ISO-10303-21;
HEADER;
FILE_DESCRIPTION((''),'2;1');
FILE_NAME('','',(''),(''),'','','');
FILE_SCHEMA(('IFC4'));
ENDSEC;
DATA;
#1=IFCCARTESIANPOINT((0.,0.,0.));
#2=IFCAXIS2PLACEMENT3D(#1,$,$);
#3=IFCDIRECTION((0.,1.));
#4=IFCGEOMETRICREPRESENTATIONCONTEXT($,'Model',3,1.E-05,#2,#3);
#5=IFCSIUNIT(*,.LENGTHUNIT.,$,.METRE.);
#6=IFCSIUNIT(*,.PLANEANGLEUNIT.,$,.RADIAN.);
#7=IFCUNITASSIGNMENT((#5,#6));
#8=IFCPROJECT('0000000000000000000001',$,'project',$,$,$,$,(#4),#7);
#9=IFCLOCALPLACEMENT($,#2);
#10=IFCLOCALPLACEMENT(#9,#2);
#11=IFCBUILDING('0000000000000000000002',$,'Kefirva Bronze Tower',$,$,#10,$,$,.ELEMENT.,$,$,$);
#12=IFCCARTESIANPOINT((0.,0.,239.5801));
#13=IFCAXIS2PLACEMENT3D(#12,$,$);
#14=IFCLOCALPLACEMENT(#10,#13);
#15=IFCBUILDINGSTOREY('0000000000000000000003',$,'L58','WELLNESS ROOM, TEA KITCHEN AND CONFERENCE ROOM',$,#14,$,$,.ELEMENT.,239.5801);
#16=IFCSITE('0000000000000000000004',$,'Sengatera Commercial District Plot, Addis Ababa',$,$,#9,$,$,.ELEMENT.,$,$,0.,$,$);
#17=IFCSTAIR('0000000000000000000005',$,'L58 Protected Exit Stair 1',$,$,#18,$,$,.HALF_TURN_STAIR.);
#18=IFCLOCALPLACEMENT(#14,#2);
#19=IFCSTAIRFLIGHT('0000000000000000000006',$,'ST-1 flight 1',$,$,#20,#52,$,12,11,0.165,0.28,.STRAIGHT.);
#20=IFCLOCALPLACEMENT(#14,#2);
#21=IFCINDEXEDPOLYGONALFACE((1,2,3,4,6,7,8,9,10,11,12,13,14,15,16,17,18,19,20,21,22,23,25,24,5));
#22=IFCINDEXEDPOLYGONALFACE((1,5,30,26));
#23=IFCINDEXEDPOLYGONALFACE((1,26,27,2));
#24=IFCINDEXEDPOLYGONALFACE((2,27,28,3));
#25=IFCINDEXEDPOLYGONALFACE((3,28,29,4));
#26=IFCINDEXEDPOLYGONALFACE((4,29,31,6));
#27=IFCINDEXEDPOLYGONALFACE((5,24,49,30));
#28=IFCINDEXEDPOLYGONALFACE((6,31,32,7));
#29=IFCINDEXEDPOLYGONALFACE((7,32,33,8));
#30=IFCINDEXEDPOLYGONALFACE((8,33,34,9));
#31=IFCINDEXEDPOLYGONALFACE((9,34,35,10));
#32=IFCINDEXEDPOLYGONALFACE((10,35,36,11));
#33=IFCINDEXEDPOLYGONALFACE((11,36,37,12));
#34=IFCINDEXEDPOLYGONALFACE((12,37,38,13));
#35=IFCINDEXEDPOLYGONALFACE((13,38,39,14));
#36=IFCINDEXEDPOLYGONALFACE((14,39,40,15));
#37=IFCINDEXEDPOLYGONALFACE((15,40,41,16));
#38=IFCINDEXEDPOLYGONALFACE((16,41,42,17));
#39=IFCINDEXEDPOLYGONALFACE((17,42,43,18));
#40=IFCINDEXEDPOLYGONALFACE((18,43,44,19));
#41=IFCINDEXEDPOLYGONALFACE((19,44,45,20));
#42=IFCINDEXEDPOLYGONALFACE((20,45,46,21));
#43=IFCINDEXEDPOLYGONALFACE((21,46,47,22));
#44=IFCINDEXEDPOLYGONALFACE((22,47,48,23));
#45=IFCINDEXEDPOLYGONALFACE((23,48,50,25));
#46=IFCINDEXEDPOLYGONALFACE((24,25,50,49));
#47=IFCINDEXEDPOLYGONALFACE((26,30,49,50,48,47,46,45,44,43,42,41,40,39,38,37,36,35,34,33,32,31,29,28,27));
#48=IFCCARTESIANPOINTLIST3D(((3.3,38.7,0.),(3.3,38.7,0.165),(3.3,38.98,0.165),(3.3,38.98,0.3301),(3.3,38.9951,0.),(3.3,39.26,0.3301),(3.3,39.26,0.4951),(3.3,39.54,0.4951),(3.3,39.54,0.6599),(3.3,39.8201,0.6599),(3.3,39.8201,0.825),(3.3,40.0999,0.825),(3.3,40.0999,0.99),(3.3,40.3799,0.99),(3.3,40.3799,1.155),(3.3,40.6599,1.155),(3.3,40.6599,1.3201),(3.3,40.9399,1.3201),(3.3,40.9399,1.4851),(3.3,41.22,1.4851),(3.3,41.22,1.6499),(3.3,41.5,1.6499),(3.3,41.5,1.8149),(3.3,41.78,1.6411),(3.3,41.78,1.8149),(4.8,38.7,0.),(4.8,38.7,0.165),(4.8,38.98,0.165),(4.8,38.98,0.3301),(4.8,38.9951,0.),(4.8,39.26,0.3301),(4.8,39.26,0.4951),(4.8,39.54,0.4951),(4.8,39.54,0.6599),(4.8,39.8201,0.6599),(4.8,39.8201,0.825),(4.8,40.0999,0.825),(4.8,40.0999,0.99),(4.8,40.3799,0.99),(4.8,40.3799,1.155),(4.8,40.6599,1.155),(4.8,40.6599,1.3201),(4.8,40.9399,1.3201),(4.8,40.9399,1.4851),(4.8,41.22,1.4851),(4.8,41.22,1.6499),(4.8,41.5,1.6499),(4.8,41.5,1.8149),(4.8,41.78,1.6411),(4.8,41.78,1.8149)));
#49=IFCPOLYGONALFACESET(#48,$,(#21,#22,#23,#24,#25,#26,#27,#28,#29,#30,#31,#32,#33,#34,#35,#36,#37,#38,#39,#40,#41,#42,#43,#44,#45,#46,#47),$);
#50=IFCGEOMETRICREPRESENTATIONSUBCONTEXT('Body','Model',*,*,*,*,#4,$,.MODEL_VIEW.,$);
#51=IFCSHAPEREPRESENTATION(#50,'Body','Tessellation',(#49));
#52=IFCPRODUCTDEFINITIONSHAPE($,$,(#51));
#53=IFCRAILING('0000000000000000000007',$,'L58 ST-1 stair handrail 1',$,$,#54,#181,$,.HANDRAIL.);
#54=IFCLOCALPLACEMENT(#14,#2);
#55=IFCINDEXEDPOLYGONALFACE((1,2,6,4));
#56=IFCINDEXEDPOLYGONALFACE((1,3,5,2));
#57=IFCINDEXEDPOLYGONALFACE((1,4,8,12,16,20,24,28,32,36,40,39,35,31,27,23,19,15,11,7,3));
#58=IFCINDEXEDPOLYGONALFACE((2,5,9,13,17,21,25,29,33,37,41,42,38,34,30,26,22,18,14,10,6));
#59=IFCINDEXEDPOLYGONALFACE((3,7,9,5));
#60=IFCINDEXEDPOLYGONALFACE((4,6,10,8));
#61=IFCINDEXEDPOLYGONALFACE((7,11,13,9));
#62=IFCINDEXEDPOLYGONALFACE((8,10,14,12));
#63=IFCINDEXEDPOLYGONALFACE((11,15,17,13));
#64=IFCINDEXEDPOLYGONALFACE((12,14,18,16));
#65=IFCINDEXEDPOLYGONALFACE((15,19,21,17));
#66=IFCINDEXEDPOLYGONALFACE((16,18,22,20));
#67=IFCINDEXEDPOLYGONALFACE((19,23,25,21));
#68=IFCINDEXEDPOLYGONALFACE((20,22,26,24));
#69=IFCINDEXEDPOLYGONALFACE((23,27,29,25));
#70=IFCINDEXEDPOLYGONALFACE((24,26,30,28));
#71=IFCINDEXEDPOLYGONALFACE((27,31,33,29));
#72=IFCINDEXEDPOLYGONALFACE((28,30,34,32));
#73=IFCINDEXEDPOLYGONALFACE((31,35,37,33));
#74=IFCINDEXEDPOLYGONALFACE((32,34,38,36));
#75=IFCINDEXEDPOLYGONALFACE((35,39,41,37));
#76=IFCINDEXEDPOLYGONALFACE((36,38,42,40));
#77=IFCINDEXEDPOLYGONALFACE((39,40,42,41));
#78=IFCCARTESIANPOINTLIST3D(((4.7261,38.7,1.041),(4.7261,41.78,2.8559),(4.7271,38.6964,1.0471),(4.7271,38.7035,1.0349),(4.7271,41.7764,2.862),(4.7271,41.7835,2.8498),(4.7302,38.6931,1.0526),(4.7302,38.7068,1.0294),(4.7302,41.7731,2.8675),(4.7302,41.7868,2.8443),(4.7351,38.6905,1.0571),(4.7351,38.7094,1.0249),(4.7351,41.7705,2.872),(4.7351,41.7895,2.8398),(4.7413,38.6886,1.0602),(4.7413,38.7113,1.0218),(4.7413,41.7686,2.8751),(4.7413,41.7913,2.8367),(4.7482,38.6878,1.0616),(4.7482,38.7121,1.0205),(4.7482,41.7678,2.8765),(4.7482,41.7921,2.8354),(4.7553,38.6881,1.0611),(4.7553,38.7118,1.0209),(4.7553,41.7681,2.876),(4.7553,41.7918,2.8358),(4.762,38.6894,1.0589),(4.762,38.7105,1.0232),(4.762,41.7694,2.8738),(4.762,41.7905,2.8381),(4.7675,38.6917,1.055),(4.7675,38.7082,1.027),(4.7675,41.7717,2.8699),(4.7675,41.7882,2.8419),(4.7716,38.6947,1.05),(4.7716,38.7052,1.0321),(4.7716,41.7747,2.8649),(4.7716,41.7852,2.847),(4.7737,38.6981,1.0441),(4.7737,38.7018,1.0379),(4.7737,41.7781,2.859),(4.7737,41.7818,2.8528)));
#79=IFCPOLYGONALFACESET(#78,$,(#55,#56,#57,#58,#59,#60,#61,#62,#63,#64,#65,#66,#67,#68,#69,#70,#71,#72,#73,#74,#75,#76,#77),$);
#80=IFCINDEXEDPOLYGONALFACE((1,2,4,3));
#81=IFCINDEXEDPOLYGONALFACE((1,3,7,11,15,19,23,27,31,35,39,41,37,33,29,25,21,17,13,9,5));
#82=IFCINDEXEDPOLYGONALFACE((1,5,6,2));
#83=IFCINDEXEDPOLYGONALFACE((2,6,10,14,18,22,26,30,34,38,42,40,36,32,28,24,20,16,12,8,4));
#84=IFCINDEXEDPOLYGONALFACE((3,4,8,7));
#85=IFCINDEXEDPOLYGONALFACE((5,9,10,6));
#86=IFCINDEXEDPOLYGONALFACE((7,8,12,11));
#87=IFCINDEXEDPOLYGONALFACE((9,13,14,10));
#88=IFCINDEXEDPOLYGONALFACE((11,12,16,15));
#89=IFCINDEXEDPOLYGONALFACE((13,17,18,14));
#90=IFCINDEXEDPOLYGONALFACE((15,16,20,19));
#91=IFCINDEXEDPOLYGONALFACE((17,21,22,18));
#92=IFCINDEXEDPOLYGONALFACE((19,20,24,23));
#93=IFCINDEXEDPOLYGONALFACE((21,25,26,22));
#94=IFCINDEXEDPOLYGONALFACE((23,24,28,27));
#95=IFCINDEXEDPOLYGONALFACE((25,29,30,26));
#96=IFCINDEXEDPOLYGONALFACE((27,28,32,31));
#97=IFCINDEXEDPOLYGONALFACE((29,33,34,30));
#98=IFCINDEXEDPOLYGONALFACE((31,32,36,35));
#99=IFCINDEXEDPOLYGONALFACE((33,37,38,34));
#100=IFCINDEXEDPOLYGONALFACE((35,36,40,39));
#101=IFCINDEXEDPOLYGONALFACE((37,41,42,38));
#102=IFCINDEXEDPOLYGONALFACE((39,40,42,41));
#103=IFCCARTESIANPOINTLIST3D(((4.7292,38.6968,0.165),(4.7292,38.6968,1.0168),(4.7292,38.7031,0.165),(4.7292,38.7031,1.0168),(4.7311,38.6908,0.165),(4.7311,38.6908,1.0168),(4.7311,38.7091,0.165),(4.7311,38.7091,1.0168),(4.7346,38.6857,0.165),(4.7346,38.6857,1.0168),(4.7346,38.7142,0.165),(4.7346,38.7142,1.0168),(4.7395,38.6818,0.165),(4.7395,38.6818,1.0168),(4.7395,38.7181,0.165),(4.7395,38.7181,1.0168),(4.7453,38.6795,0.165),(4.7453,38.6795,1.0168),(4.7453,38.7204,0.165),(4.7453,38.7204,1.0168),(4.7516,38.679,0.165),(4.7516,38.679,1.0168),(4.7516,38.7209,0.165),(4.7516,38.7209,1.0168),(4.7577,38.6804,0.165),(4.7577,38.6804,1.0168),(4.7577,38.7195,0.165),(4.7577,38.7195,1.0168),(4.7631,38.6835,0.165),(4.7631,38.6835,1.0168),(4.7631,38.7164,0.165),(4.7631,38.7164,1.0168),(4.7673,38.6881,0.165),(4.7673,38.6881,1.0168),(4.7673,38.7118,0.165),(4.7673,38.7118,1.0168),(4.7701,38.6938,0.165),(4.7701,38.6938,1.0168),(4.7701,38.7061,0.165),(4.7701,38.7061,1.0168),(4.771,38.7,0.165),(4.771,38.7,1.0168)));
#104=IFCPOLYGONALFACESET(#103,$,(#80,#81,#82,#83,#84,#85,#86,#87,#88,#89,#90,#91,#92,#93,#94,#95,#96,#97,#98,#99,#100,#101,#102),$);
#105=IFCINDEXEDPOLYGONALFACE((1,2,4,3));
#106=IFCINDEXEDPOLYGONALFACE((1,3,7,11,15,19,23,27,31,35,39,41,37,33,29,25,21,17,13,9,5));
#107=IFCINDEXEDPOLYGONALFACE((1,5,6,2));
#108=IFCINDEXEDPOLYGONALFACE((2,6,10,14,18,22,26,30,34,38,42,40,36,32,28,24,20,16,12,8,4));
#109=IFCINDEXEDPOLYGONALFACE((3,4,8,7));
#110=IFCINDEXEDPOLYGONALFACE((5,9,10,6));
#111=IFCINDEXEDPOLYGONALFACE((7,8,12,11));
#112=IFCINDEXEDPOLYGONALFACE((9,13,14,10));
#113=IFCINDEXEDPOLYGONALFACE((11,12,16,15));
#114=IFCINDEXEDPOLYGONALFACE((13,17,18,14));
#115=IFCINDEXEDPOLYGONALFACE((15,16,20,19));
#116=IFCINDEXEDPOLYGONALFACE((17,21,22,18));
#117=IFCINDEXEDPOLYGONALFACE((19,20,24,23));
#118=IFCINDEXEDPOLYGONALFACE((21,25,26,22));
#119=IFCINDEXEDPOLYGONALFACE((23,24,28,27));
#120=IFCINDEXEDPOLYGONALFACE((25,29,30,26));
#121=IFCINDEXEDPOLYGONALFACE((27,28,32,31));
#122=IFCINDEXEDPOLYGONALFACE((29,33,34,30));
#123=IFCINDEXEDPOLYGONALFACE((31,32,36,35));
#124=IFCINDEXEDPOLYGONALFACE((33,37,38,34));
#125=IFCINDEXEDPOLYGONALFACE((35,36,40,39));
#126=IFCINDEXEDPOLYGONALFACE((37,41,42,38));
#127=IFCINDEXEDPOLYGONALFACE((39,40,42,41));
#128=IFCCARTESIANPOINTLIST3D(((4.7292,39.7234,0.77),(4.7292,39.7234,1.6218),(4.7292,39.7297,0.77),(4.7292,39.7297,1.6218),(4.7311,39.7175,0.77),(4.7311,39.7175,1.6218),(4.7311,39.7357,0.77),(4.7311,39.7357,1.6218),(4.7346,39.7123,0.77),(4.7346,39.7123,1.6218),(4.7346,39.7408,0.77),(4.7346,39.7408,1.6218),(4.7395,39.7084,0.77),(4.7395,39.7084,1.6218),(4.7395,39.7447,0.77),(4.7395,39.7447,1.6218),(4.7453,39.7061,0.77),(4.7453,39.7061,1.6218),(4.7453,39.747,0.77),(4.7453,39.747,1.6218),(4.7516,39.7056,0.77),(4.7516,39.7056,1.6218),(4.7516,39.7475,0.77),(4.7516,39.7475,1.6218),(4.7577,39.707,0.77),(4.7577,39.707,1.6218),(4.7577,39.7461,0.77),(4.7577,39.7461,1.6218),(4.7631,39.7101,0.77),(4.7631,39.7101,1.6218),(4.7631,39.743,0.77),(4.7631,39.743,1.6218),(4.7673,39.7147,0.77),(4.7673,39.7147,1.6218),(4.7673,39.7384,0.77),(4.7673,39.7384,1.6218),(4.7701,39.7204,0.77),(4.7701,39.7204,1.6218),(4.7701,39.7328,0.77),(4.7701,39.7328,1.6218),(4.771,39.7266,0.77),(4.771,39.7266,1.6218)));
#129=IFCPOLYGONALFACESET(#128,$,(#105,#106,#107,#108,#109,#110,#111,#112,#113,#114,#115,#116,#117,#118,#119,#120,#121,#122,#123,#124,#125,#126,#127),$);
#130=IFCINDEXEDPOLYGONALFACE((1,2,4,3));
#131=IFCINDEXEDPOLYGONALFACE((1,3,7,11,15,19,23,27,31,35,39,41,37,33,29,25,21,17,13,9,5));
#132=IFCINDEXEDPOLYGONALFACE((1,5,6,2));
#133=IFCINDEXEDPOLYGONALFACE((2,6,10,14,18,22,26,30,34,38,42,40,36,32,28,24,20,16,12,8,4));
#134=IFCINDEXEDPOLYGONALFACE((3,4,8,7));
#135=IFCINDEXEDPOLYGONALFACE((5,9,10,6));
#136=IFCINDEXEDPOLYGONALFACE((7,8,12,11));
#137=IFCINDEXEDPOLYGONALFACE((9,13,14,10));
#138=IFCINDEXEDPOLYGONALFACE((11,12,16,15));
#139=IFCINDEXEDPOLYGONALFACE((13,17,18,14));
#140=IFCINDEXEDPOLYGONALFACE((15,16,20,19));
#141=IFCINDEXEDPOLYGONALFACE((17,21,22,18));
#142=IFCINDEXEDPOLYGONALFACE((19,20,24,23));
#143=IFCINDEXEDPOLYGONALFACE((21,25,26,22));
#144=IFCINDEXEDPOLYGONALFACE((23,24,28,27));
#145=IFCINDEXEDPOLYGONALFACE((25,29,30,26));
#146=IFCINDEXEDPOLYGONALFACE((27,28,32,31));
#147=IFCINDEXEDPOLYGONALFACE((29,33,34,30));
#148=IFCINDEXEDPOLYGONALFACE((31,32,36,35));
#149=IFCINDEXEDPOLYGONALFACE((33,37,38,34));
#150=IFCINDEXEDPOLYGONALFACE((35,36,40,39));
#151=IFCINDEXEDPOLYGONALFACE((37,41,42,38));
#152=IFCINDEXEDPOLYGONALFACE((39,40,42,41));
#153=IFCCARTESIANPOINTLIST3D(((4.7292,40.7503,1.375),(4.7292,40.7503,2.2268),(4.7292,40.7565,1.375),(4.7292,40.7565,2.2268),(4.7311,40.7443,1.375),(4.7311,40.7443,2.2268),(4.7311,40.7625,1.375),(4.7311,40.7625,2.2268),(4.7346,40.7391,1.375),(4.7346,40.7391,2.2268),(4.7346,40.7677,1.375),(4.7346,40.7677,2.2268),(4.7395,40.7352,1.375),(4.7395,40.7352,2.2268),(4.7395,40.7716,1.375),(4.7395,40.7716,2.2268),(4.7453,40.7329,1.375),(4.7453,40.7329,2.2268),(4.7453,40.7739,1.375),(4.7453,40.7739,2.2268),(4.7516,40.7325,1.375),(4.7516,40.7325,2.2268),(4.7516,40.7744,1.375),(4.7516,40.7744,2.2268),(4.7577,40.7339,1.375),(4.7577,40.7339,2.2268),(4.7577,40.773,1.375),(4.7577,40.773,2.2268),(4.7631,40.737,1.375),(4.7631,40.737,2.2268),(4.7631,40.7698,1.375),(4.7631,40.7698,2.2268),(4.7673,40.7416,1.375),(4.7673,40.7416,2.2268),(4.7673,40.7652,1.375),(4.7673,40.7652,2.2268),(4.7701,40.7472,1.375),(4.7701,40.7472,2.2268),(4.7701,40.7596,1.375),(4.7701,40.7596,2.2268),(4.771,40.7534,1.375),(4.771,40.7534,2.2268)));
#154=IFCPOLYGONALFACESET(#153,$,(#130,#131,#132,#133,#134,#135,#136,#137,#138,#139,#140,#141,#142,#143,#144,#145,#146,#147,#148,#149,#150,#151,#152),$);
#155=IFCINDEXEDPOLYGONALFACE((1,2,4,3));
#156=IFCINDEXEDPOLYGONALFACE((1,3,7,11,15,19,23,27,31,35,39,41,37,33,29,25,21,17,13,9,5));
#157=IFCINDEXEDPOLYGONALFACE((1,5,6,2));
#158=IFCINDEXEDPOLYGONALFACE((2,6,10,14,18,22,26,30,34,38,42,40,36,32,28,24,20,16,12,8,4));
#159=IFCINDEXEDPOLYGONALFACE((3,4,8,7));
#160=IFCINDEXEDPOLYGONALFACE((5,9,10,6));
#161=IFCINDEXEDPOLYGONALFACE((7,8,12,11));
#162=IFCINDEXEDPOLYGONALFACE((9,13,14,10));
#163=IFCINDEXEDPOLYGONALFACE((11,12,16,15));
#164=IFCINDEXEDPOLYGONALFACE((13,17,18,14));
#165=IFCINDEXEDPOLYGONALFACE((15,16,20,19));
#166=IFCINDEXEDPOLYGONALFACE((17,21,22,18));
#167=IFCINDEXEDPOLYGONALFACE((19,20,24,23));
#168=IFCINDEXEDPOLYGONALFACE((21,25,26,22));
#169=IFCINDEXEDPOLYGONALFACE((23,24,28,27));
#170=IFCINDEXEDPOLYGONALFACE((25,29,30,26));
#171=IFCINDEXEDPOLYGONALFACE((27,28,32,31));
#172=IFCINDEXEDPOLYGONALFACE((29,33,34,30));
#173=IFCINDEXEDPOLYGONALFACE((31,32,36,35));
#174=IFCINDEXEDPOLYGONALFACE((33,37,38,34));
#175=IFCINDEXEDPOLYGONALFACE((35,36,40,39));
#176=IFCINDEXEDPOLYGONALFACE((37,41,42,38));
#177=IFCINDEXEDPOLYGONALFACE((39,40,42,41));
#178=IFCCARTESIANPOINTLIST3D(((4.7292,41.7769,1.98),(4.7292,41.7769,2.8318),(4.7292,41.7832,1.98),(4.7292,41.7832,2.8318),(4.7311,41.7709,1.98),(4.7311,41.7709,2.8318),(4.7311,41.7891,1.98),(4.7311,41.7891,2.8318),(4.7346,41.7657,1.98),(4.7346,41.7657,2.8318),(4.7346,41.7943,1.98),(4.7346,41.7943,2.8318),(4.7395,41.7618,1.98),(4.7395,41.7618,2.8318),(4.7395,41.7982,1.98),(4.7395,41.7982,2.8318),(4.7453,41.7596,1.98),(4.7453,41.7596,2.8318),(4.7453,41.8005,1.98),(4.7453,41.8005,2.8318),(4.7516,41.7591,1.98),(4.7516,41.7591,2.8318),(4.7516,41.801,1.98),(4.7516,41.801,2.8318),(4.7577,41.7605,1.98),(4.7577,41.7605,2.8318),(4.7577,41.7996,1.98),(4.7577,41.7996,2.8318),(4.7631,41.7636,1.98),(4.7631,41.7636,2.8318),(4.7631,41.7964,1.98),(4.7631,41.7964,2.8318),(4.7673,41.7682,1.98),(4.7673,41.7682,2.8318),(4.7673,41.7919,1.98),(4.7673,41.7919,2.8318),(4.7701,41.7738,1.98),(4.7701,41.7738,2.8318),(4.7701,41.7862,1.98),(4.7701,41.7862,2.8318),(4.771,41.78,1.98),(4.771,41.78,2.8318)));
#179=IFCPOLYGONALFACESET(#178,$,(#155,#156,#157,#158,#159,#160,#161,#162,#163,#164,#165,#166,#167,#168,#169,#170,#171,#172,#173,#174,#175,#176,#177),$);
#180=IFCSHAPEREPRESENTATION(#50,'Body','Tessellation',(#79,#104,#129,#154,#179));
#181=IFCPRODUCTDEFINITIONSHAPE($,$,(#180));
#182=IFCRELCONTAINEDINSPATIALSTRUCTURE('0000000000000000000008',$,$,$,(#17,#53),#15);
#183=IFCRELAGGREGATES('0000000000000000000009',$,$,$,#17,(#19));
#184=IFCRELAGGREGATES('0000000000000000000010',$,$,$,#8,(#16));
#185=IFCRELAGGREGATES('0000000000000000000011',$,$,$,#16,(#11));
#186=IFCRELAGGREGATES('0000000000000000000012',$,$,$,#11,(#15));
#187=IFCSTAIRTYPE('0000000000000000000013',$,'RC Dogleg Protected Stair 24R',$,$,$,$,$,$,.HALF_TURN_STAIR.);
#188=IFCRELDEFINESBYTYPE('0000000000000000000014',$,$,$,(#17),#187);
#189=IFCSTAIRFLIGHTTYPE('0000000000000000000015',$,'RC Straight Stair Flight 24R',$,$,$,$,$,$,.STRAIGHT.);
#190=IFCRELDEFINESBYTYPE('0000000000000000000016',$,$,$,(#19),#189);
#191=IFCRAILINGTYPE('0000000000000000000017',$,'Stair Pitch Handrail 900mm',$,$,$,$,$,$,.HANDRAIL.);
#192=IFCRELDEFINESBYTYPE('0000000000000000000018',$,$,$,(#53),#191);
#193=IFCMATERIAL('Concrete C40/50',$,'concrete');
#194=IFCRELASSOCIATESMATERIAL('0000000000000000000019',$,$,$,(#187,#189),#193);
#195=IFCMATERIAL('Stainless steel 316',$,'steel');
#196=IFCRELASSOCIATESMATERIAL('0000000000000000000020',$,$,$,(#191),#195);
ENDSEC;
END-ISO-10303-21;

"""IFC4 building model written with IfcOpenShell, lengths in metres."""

from ifc_helpers import new_model, si_unit, direction, frame, origin, origin_2d, place, context, subcontext, project, spatial, polyline, circle, outline, extrude, material, type_object, element, aggregate, save


model = new_model("IFC4")

# Units and contexts
model_context = context("Model", 3, precision=1e-05, world=origin(), true_north=direction((0.0, 1.0)))
body_context = subcontext(model_context, "Body", "Model", "MODEL_VIEW")
ifc_project = project(units=[si_unit("LENGTHUNIT", "METRE"), si_unit("PLANEANGLEUNIT", "RADIAN")], contexts=[model_context])

# Site, building, storey
site_placement = place(None, origin())
site = spatial("IfcSite", under=ifc_project, at=site_placement, Name="Sengatera Commercial District Plot, Addis Ababa", CompositionType="ELEMENT", RefElevation=0.0)
building_placement = place(site_placement, origin())
building = spatial("IfcBuilding", under=site, at=building_placement, Name="Kefirva Bronze Tower", CompositionType="ELEMENT")
storey_placement = place(building_placement, frame((0.0, 0.0, 239.5801)))
storey = spatial("IfcBuildingStorey", under=building, at=storey_placement, Name="L58", Description="WELLNESS ROOM, TEA KITCHEN AND CONFERENCE ROOM", CompositionType="ELEMENT", Elevation=239.5801)

# Shared definitions
ifc_material_1 = material(Name="Stainless steel 316", Category="steel")

# Stair, stair flight
ifc_material_2 = material(Name="Concrete C40/50", Category="concrete")
stair_type = type_object("IfcStairType", Name="RC Dogleg Protected Stair 24R", PredefinedType="HALF_TURN_STAIR", material=ifc_material_2)
stair_placement = place(storey_placement, origin())
stair = element("IfcStair", 1, at=stair_placement, inside=storey, type_object=stair_type, Name="L58 Protected Exit Stair 1", PredefinedType="HALF_TURN_STAIR")
stair_flight_type = type_object("IfcStairFlightType", Name="RC Straight Stair Flight 24R", PredefinedType="STRAIGHT", material=ifc_material_2)
stair_flight_placement = place(storey_placement, frame((4.05, 38.7, 0.0), z_axis=(0.0, 0.0, 1.0), x_axis=(0.0, 1.0, 0.0)))
stair_flight = element("IfcStairFlight", 2, at=stair_flight_placement, type_object=stair_flight_type, Name="ST-1 flight 1", NumberOfRisers=12, NumberOfTreads=11, PredefinedType="STRAIGHT", RiserHeight=0.165, TreadLength=0.28, context=body_context, shape_type="SweptSolid", body=[
    extrude(outline(polyline([(0.0, 0.0), (0.0, 0.165), (0.28, 0.165), (0.28, 0.3301), (0.5601, 0.3301), (0.5601, 0.4951), (0.8401, 0.4951), (0.8401, 0.6599), (1.1201, 0.6599), (1.1201, 0.825), (1.3999, 0.825), (1.3999, 0.99), (1.6799, 0.99), (1.6799, 1.155), (1.96, 1.155), (1.96, 1.3201), (2.24, 1.3201), (2.24, 1.4851), (2.52, 1.4851), (2.52, 1.6499), (2.8, 1.6499), (2.8, 1.8149), (3.0801, 1.8149), (3.0801, 1.98), (3.0801, 1.6411), (0.2952, 0.0), (0.0, 0.0)])), frame((0.0, 0.75, 0.0), z_axis=(0.0, -1.0, 0.0), x_axis=(1.0, 0.0, 0.0)), (0.0, 0.0, 1.0), 1.5),
])
aggregate(stair, [stair_flight])

# Railing
railing_type = type_object("IfcRailingType", Name="Stair Pitch Handrail 900mm", PredefinedType="HANDRAIL", material=ifc_material_1)
railing_placement = place(storey_placement, frame((4.75, 38.7, 0.165)))
element("IfcRailing", 3, at=railing_placement, inside=storey, type_object=railing_type, Name="L58 ST-1 stair handrail 1", PredefinedType="HANDRAIL", context=body_context, shape_type="SweptSolid", body=[
    extrude(circle(Radius=0.0239, at=origin_2d()), frame((0.0, 0.0, 0.876), z_axis=(0.0, 0.861551, 0.507671), x_axis=(-1.0, 0.0, 0.0)), (0.0, 0.0, 1.0), 3.575),
    extrude(circle(Radius=0.021, at=origin_2d()), origin(), (0.0, 0.0, 1.0), 0.8518),
    extrude(circle(Radius=0.021, at=origin_2d()), frame((0.0, 1.0266, 0.605)), (0.0, 0.0, 1.0), 0.8518),
    extrude(circle(Radius=0.021, at=origin_2d()), frame((0.0, 2.0535, 1.21)), (0.0, 0.0, 1.0), 0.8518),
    extrude(circle(Radius=0.021, at=origin_2d()), frame((0.0, 3.0801, 1.8149)), (0.0, 0.0, 1.0), 0.8518),
])

save(model, "model.ifc")
